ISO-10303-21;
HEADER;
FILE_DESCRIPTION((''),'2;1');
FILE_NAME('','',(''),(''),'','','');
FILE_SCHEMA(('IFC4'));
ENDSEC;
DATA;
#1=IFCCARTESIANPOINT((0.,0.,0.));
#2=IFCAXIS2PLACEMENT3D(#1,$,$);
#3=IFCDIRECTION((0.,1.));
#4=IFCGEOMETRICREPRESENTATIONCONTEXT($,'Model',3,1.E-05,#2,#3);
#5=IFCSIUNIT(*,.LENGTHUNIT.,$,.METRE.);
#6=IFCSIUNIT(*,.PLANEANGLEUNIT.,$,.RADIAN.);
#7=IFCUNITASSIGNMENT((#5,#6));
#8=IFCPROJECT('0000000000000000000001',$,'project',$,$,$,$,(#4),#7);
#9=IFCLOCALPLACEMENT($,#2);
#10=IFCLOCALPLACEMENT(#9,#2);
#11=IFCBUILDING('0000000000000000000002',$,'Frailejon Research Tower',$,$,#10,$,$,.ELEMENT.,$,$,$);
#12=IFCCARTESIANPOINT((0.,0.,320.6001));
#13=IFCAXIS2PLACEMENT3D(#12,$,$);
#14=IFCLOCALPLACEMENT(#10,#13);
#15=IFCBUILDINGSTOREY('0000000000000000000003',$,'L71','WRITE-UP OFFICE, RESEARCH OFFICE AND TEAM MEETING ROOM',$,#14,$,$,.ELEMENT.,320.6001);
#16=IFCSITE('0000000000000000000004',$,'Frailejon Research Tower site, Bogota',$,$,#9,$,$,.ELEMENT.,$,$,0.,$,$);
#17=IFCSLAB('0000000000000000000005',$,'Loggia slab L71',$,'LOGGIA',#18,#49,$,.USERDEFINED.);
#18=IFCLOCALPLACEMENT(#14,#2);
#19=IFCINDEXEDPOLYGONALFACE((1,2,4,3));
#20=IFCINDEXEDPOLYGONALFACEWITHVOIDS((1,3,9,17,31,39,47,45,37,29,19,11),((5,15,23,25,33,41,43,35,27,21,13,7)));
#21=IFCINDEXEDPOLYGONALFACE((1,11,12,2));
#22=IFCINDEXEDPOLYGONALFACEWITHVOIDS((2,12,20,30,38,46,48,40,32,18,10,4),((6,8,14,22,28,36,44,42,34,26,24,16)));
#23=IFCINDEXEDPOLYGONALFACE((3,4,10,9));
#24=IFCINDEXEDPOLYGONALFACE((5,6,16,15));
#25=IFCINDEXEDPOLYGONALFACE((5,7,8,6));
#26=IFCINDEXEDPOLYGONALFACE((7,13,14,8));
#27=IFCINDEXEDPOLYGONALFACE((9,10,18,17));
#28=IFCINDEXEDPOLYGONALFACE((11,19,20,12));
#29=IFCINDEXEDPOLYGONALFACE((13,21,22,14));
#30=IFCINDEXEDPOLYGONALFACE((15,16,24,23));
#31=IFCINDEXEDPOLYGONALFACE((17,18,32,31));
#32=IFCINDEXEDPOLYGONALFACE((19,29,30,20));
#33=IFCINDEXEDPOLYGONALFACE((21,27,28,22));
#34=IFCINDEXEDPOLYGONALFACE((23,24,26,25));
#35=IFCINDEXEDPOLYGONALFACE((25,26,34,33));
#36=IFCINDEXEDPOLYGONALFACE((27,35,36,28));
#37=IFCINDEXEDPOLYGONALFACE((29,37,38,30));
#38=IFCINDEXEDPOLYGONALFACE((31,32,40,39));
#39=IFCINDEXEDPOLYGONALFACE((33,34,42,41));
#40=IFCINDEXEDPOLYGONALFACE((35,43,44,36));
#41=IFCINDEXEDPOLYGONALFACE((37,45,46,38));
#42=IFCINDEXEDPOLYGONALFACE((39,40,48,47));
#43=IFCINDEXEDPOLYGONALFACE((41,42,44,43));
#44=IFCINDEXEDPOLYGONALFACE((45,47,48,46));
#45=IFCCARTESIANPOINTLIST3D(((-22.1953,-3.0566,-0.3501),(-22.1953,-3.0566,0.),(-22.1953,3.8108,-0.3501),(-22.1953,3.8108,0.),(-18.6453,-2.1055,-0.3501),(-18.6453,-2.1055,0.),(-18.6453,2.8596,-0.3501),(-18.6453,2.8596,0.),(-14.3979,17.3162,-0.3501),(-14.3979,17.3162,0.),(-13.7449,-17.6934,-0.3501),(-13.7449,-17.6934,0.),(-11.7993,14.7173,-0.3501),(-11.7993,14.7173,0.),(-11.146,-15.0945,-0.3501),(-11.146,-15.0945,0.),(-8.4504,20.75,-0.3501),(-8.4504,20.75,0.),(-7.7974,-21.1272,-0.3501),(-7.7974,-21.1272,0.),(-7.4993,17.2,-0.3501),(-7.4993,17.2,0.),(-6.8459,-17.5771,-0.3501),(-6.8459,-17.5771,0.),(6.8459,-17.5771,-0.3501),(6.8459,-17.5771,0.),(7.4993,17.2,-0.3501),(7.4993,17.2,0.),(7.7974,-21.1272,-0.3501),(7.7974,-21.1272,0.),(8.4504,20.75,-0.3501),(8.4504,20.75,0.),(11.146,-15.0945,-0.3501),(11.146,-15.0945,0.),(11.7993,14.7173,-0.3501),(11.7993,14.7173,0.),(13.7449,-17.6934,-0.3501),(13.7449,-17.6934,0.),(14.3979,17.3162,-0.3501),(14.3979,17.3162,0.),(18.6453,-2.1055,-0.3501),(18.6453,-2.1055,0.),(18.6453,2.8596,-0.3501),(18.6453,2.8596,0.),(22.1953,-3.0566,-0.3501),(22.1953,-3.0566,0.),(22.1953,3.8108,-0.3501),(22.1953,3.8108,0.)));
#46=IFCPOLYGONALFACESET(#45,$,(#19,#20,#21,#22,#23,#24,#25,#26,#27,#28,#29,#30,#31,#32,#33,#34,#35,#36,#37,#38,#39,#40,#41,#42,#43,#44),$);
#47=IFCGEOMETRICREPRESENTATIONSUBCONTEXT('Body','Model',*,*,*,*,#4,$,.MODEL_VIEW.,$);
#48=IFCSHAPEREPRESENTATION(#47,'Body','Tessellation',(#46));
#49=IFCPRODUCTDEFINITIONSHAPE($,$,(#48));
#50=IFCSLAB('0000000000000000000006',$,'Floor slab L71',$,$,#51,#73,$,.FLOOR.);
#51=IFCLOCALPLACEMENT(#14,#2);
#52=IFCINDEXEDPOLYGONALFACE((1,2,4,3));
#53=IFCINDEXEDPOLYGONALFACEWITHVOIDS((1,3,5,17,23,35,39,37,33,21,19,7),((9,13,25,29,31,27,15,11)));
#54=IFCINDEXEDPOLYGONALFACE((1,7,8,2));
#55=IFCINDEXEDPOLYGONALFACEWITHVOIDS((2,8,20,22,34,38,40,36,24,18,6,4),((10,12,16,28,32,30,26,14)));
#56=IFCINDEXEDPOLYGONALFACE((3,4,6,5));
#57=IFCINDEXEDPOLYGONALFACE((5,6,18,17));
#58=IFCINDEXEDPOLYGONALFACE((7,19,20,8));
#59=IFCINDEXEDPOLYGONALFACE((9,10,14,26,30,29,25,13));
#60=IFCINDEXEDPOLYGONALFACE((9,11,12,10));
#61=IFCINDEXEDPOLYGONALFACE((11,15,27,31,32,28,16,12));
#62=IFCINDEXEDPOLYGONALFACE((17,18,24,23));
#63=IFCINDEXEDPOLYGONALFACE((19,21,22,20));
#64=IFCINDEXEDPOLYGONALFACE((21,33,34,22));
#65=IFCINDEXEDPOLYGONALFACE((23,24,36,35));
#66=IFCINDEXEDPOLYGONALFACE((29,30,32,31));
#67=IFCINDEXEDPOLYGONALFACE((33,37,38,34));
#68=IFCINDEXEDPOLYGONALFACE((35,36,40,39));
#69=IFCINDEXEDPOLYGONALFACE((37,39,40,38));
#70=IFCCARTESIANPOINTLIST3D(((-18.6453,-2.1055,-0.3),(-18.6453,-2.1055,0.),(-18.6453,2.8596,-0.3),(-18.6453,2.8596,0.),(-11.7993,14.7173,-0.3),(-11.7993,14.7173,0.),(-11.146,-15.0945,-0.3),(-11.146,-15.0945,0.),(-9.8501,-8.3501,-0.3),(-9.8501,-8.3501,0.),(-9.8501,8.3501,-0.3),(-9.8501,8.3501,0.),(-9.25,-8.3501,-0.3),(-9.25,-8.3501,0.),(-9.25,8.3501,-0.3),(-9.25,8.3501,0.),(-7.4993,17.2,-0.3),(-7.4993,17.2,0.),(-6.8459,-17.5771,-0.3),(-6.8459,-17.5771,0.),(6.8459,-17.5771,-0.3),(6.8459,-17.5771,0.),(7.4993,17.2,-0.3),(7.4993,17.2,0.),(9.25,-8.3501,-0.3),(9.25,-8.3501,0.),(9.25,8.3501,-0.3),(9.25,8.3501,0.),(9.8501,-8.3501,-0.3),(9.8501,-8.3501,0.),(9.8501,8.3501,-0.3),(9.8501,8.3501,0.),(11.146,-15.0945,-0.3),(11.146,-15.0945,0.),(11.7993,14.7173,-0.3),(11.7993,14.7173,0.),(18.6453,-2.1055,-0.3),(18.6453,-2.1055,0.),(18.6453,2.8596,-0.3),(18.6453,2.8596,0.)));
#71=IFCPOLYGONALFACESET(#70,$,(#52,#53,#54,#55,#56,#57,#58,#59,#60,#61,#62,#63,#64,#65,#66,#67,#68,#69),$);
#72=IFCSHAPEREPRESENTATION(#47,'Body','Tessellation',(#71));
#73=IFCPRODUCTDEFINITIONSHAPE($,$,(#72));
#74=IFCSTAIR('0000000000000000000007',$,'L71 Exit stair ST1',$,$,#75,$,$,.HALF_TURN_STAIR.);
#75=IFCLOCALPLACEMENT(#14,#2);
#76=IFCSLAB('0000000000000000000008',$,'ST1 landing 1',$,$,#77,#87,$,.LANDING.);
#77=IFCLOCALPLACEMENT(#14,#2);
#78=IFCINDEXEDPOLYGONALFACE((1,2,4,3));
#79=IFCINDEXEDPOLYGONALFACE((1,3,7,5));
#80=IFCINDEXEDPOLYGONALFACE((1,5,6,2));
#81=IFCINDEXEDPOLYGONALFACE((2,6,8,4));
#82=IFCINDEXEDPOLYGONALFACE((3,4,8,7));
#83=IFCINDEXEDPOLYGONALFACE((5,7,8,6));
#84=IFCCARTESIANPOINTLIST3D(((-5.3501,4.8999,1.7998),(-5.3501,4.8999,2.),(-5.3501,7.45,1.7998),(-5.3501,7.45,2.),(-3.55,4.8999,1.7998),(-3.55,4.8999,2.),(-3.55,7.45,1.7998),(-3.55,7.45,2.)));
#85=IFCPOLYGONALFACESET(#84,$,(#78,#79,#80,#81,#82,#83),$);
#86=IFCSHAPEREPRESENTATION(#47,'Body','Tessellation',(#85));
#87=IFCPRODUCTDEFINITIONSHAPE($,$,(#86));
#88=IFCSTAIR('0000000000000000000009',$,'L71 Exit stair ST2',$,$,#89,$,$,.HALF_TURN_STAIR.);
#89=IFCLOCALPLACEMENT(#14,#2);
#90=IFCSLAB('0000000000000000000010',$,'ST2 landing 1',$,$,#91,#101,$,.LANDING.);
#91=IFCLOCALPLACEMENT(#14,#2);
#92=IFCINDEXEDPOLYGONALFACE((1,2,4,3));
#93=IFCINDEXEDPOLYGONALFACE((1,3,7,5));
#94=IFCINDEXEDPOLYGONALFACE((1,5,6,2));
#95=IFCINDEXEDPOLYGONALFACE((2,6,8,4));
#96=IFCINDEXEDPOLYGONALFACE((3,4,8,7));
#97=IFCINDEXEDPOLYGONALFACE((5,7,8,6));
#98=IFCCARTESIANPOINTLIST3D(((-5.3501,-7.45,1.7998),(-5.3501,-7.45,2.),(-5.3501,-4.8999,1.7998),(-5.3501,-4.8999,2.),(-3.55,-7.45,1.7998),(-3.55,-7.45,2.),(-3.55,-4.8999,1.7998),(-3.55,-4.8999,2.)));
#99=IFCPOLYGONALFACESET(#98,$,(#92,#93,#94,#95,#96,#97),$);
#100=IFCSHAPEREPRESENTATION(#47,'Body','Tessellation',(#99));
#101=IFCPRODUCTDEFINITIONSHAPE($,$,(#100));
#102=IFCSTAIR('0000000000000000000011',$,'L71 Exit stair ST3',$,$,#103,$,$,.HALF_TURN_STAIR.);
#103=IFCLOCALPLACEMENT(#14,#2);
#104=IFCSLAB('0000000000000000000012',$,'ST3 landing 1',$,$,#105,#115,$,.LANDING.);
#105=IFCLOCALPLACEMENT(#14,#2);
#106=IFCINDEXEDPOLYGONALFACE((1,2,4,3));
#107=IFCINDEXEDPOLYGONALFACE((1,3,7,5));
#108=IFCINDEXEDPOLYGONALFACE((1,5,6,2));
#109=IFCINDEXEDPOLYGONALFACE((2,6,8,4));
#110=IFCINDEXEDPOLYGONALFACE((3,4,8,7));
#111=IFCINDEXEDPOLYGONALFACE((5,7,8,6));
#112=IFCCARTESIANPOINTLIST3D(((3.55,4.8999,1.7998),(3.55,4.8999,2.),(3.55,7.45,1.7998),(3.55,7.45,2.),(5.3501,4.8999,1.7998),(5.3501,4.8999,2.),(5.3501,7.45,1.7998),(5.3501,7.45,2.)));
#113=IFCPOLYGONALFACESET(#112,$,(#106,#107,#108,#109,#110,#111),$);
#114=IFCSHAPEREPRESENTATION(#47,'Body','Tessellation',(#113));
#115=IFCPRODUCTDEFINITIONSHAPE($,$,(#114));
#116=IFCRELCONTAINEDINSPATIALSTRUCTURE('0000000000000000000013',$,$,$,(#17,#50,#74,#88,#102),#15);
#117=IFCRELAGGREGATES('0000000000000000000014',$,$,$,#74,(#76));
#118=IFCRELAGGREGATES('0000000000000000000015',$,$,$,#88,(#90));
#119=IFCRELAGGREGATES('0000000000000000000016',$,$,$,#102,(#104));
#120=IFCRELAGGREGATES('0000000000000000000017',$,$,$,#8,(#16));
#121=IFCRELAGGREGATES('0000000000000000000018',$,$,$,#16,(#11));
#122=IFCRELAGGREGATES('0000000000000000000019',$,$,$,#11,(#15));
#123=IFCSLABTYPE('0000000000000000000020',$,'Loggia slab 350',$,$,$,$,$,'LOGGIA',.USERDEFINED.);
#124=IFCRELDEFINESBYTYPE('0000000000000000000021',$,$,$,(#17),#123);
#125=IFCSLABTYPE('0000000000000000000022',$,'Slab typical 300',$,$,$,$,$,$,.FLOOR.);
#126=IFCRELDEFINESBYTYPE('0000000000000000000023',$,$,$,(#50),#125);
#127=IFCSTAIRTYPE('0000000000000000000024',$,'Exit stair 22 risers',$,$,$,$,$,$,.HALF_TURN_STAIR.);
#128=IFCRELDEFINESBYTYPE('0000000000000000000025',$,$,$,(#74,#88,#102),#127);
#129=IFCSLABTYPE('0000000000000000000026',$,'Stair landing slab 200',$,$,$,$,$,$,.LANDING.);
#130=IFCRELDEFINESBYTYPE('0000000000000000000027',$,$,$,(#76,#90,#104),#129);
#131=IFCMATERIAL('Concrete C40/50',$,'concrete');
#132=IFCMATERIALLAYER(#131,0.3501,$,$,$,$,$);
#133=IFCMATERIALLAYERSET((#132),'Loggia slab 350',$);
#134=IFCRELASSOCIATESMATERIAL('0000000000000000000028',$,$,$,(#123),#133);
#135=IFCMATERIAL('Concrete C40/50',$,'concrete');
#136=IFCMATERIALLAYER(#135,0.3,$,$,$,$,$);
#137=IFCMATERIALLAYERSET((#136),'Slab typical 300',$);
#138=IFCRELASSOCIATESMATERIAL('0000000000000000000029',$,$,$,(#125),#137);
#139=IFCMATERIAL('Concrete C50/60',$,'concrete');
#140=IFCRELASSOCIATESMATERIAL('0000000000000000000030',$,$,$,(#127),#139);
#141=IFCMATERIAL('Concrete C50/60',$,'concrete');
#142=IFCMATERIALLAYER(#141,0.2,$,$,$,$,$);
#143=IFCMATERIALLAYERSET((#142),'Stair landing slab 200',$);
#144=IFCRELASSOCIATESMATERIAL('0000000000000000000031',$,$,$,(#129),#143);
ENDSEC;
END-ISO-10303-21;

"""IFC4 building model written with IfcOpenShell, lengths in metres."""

from ifc_helpers import new_model, si_unit, direction, frame, origin, place, context, subcontext, project, spatial, polyline, outline, extrude, material, layer, layer_set, type_object, element, aggregate, save


model = new_model("IFC4")

# Units and contexts
model_context = context("Model", 3, precision=1e-05, world=origin(), true_north=direction((0.0, 1.0)))
body_context = subcontext(model_context, "Body", "Model", "MODEL_VIEW")
ifc_project = project(units=[si_unit("LENGTHUNIT", "METRE"), si_unit("PLANEANGLEUNIT", "RADIAN")], contexts=[model_context])

# Site, building, storey
site_placement = place(None, origin())
site = spatial("IfcSite", under=ifc_project, at=site_placement, Name="Frailejon Research Tower site, Bogota", CompositionType="ELEMENT", RefElevation=0.0)
building_placement = place(site_placement, origin())
building = spatial("IfcBuilding", under=site, at=building_placement, Name="Frailejon Research Tower", CompositionType="ELEMENT")
storey_placement = place(building_placement, frame((0.0, 0.0, 320.6001)))
storey = spatial("IfcBuildingStorey", under=building, at=storey_placement, Name="L71", Description="WRITE-UP OFFICE, RESEARCH OFFICE AND TEAM MEETING ROOM", CompositionType="ELEMENT", Elevation=320.6001)

# Slabs
ifc_material_1 = material(Name="Concrete C40/50", Category="concrete")
ifc_layer_1 = layer(ifc_material_1, 0.3501)
ifc_layer_set_1 = layer_set([ifc_layer_1], Name="Loggia slab 350")
slab_type_1 = type_object("IfcSlabType", Name="Loggia slab 350", ElementType="LOGGIA", PredefinedType="USERDEFINED", material=ifc_layer_set_1)
slab_1_placement = place(storey_placement, frame((0.0, 0.0, -0.3501)))
element("IfcSlab", 1, at=slab_1_placement, inside=storey, type_object=slab_type_1, Name="Loggia slab L71", ObjectType="LOGGIA", PredefinedType="USERDEFINED", context=body_context, shape_type="SweptSolid", body=[
    extrude(outline(polyline([(13.7449, -17.6934), (7.7974, -21.1272), (-7.7974, -21.1272), (-13.7449, -17.6934), (-22.1953, -3.0566), (-22.1953, 3.8108), (-14.3979, 17.3162), (-8.4504, 20.75), (8.4504, 20.75), (14.3979, 17.3162), (22.1953, 3.8108), (22.1953, -3.0566), (13.7449, -17.6934)]), holes=[polyline([(18.6453, 2.8596), (11.7993, 14.7173), (7.4993, 17.2), (-7.4993, 17.2), (-11.7993, 14.7173), (-18.6453, 2.8596), (-18.6453, -2.1055), (-11.146, -15.0945), (-6.8459, -17.5771), (6.8459, -17.5771), (11.146, -15.0945), (18.6453, -2.1055), (18.6453, 2.8596)])]), origin(), (0.0, 0.0, 1.0), 0.3501),
])
ifc_material_2 = material(Name="Concrete C40/50", Category="concrete")
ifc_layer_2 = layer(ifc_material_2, 0.3)
ifc_layer_set_2 = layer_set([ifc_layer_2], Name="Slab typical 300")
slab_type_2 = type_object("IfcSlabType", Name="Slab typical 300", PredefinedType="FLOOR", material=ifc_layer_set_2)
slab_2_placement = place(storey_placement, frame((0.0, 0.0, -0.3)))
element("IfcSlab", 2, at=slab_2_placement, inside=storey, type_object=slab_type_2, Name="Floor slab L71", PredefinedType="FLOOR", context=body_context, shape_type="SweptSolid", body=[
    extrude(outline(polyline([(18.6453, -2.1055), (18.6453, 2.8596), (11.7993, 14.7173), (7.4993, 17.2), (-7.4993, 17.2), (-11.7993, 14.7173), (-18.6453, 2.8596), (-18.6453, -2.1055), (-11.146, -15.0945), (-6.8459, -17.5771), (6.8459, -17.5771), (11.146, -15.0945), (18.6453, -2.1055)]), holes=[polyline([(9.25, 8.3501), (9.8501, 8.3501), (9.8501, -8.3501), (9.25, -8.3501), (-9.25, -8.3501), (-9.8501, -8.3501), (-9.8501, 8.3501), (-9.25, 8.3501), (9.25, 8.3501)])]), origin(), (0.0, 0.0, 1.0), 0.3),
])

# Stairs, slabs
ifc_material_3 = material(Name="Concrete C50/60", Category="concrete")
stair_type = type_object("IfcStairType", Name="Exit stair 22 risers", PredefinedType="HALF_TURN_STAIR", material=ifc_material_3)
stair_1_placement = place(storey_placement, origin())
stair_1 = element("IfcStair", 3, at=stair_1_placement, inside=storey, type_object=stair_type, Name="L71 Exit stair ST1", PredefinedType="HALF_TURN_STAIR")
ifc_material_4 = material(Name="Concrete C50/60", Category="concrete")
ifc_layer_3 = layer(ifc_material_4, 0.2)
ifc_layer_set_3 = layer_set([ifc_layer_3], Name="Stair landing slab 200")
slab_type_3 = type_object("IfcSlabType", Name="Stair landing slab 200", PredefinedType="LANDING", material=ifc_layer_set_3)
slab_3_placement = place(storey_placement, frame((0.0, 0.0, 1.7998)))
slab_3 = element("IfcSlab", 4, at=slab_3_placement, type_object=slab_type_3, Name="ST1 landing 1", PredefinedType="LANDING", context=body_context, shape_type="SweptSolid", body=[
    extrude(outline(polyline([(-5.3501, 4.8999), (-3.55, 4.8999), (-3.55, 7.45), (-5.3501, 7.45), (-5.3501, 4.8999)])), origin(), (0.0, 0.0, 1.0), 0.2002),
])
aggregate(stair_1, [slab_3])
stair_2_placement = place(storey_placement, origin())
stair_2 = element("IfcStair", 5, at=stair_2_placement, inside=storey, type_object=stair_type, Name="L71 Exit stair ST2", PredefinedType="HALF_TURN_STAIR")
slab_4_placement = place(storey_placement, frame((0.0, 0.0, 1.7998)))
slab_4 = element("IfcSlab", 6, at=slab_4_placement, type_object=slab_type_3, Name="ST2 landing 1", PredefinedType="LANDING", context=body_context, shape_type="SweptSolid", body=[
    extrude(outline(polyline([(-5.3501, -7.45), (-3.55, -7.45), (-3.55, -4.8999), (-5.3501, -4.8999), (-5.3501, -7.45)])), origin(), (0.0, 0.0, 1.0), 0.2002),
])
aggregate(stair_2, [slab_4])
stair_3_placement = place(storey_placement, origin())
stair_3 = element("IfcStair", 7, at=stair_3_placement, inside=storey, type_object=stair_type, Name="L71 Exit stair ST3", PredefinedType="HALF_TURN_STAIR")
slab_5_placement = place(storey_placement, frame((0.0, 0.0, 1.7998)))
slab_5 = element("IfcSlab", 8, at=slab_5_placement, type_object=slab_type_3, Name="ST3 landing 1", PredefinedType="LANDING", context=body_context, shape_type="SweptSolid", body=[
    extrude(outline(polyline([(5.3501, 7.45), (3.55, 7.45), (3.55, 4.8999), (5.3501, 4.8999), (5.3501, 7.45)])), origin(), (0.0, 0.0, 1.0), 0.2002),
])
aggregate(stair_3, [slab_5])

save(model, "model.ifc")
